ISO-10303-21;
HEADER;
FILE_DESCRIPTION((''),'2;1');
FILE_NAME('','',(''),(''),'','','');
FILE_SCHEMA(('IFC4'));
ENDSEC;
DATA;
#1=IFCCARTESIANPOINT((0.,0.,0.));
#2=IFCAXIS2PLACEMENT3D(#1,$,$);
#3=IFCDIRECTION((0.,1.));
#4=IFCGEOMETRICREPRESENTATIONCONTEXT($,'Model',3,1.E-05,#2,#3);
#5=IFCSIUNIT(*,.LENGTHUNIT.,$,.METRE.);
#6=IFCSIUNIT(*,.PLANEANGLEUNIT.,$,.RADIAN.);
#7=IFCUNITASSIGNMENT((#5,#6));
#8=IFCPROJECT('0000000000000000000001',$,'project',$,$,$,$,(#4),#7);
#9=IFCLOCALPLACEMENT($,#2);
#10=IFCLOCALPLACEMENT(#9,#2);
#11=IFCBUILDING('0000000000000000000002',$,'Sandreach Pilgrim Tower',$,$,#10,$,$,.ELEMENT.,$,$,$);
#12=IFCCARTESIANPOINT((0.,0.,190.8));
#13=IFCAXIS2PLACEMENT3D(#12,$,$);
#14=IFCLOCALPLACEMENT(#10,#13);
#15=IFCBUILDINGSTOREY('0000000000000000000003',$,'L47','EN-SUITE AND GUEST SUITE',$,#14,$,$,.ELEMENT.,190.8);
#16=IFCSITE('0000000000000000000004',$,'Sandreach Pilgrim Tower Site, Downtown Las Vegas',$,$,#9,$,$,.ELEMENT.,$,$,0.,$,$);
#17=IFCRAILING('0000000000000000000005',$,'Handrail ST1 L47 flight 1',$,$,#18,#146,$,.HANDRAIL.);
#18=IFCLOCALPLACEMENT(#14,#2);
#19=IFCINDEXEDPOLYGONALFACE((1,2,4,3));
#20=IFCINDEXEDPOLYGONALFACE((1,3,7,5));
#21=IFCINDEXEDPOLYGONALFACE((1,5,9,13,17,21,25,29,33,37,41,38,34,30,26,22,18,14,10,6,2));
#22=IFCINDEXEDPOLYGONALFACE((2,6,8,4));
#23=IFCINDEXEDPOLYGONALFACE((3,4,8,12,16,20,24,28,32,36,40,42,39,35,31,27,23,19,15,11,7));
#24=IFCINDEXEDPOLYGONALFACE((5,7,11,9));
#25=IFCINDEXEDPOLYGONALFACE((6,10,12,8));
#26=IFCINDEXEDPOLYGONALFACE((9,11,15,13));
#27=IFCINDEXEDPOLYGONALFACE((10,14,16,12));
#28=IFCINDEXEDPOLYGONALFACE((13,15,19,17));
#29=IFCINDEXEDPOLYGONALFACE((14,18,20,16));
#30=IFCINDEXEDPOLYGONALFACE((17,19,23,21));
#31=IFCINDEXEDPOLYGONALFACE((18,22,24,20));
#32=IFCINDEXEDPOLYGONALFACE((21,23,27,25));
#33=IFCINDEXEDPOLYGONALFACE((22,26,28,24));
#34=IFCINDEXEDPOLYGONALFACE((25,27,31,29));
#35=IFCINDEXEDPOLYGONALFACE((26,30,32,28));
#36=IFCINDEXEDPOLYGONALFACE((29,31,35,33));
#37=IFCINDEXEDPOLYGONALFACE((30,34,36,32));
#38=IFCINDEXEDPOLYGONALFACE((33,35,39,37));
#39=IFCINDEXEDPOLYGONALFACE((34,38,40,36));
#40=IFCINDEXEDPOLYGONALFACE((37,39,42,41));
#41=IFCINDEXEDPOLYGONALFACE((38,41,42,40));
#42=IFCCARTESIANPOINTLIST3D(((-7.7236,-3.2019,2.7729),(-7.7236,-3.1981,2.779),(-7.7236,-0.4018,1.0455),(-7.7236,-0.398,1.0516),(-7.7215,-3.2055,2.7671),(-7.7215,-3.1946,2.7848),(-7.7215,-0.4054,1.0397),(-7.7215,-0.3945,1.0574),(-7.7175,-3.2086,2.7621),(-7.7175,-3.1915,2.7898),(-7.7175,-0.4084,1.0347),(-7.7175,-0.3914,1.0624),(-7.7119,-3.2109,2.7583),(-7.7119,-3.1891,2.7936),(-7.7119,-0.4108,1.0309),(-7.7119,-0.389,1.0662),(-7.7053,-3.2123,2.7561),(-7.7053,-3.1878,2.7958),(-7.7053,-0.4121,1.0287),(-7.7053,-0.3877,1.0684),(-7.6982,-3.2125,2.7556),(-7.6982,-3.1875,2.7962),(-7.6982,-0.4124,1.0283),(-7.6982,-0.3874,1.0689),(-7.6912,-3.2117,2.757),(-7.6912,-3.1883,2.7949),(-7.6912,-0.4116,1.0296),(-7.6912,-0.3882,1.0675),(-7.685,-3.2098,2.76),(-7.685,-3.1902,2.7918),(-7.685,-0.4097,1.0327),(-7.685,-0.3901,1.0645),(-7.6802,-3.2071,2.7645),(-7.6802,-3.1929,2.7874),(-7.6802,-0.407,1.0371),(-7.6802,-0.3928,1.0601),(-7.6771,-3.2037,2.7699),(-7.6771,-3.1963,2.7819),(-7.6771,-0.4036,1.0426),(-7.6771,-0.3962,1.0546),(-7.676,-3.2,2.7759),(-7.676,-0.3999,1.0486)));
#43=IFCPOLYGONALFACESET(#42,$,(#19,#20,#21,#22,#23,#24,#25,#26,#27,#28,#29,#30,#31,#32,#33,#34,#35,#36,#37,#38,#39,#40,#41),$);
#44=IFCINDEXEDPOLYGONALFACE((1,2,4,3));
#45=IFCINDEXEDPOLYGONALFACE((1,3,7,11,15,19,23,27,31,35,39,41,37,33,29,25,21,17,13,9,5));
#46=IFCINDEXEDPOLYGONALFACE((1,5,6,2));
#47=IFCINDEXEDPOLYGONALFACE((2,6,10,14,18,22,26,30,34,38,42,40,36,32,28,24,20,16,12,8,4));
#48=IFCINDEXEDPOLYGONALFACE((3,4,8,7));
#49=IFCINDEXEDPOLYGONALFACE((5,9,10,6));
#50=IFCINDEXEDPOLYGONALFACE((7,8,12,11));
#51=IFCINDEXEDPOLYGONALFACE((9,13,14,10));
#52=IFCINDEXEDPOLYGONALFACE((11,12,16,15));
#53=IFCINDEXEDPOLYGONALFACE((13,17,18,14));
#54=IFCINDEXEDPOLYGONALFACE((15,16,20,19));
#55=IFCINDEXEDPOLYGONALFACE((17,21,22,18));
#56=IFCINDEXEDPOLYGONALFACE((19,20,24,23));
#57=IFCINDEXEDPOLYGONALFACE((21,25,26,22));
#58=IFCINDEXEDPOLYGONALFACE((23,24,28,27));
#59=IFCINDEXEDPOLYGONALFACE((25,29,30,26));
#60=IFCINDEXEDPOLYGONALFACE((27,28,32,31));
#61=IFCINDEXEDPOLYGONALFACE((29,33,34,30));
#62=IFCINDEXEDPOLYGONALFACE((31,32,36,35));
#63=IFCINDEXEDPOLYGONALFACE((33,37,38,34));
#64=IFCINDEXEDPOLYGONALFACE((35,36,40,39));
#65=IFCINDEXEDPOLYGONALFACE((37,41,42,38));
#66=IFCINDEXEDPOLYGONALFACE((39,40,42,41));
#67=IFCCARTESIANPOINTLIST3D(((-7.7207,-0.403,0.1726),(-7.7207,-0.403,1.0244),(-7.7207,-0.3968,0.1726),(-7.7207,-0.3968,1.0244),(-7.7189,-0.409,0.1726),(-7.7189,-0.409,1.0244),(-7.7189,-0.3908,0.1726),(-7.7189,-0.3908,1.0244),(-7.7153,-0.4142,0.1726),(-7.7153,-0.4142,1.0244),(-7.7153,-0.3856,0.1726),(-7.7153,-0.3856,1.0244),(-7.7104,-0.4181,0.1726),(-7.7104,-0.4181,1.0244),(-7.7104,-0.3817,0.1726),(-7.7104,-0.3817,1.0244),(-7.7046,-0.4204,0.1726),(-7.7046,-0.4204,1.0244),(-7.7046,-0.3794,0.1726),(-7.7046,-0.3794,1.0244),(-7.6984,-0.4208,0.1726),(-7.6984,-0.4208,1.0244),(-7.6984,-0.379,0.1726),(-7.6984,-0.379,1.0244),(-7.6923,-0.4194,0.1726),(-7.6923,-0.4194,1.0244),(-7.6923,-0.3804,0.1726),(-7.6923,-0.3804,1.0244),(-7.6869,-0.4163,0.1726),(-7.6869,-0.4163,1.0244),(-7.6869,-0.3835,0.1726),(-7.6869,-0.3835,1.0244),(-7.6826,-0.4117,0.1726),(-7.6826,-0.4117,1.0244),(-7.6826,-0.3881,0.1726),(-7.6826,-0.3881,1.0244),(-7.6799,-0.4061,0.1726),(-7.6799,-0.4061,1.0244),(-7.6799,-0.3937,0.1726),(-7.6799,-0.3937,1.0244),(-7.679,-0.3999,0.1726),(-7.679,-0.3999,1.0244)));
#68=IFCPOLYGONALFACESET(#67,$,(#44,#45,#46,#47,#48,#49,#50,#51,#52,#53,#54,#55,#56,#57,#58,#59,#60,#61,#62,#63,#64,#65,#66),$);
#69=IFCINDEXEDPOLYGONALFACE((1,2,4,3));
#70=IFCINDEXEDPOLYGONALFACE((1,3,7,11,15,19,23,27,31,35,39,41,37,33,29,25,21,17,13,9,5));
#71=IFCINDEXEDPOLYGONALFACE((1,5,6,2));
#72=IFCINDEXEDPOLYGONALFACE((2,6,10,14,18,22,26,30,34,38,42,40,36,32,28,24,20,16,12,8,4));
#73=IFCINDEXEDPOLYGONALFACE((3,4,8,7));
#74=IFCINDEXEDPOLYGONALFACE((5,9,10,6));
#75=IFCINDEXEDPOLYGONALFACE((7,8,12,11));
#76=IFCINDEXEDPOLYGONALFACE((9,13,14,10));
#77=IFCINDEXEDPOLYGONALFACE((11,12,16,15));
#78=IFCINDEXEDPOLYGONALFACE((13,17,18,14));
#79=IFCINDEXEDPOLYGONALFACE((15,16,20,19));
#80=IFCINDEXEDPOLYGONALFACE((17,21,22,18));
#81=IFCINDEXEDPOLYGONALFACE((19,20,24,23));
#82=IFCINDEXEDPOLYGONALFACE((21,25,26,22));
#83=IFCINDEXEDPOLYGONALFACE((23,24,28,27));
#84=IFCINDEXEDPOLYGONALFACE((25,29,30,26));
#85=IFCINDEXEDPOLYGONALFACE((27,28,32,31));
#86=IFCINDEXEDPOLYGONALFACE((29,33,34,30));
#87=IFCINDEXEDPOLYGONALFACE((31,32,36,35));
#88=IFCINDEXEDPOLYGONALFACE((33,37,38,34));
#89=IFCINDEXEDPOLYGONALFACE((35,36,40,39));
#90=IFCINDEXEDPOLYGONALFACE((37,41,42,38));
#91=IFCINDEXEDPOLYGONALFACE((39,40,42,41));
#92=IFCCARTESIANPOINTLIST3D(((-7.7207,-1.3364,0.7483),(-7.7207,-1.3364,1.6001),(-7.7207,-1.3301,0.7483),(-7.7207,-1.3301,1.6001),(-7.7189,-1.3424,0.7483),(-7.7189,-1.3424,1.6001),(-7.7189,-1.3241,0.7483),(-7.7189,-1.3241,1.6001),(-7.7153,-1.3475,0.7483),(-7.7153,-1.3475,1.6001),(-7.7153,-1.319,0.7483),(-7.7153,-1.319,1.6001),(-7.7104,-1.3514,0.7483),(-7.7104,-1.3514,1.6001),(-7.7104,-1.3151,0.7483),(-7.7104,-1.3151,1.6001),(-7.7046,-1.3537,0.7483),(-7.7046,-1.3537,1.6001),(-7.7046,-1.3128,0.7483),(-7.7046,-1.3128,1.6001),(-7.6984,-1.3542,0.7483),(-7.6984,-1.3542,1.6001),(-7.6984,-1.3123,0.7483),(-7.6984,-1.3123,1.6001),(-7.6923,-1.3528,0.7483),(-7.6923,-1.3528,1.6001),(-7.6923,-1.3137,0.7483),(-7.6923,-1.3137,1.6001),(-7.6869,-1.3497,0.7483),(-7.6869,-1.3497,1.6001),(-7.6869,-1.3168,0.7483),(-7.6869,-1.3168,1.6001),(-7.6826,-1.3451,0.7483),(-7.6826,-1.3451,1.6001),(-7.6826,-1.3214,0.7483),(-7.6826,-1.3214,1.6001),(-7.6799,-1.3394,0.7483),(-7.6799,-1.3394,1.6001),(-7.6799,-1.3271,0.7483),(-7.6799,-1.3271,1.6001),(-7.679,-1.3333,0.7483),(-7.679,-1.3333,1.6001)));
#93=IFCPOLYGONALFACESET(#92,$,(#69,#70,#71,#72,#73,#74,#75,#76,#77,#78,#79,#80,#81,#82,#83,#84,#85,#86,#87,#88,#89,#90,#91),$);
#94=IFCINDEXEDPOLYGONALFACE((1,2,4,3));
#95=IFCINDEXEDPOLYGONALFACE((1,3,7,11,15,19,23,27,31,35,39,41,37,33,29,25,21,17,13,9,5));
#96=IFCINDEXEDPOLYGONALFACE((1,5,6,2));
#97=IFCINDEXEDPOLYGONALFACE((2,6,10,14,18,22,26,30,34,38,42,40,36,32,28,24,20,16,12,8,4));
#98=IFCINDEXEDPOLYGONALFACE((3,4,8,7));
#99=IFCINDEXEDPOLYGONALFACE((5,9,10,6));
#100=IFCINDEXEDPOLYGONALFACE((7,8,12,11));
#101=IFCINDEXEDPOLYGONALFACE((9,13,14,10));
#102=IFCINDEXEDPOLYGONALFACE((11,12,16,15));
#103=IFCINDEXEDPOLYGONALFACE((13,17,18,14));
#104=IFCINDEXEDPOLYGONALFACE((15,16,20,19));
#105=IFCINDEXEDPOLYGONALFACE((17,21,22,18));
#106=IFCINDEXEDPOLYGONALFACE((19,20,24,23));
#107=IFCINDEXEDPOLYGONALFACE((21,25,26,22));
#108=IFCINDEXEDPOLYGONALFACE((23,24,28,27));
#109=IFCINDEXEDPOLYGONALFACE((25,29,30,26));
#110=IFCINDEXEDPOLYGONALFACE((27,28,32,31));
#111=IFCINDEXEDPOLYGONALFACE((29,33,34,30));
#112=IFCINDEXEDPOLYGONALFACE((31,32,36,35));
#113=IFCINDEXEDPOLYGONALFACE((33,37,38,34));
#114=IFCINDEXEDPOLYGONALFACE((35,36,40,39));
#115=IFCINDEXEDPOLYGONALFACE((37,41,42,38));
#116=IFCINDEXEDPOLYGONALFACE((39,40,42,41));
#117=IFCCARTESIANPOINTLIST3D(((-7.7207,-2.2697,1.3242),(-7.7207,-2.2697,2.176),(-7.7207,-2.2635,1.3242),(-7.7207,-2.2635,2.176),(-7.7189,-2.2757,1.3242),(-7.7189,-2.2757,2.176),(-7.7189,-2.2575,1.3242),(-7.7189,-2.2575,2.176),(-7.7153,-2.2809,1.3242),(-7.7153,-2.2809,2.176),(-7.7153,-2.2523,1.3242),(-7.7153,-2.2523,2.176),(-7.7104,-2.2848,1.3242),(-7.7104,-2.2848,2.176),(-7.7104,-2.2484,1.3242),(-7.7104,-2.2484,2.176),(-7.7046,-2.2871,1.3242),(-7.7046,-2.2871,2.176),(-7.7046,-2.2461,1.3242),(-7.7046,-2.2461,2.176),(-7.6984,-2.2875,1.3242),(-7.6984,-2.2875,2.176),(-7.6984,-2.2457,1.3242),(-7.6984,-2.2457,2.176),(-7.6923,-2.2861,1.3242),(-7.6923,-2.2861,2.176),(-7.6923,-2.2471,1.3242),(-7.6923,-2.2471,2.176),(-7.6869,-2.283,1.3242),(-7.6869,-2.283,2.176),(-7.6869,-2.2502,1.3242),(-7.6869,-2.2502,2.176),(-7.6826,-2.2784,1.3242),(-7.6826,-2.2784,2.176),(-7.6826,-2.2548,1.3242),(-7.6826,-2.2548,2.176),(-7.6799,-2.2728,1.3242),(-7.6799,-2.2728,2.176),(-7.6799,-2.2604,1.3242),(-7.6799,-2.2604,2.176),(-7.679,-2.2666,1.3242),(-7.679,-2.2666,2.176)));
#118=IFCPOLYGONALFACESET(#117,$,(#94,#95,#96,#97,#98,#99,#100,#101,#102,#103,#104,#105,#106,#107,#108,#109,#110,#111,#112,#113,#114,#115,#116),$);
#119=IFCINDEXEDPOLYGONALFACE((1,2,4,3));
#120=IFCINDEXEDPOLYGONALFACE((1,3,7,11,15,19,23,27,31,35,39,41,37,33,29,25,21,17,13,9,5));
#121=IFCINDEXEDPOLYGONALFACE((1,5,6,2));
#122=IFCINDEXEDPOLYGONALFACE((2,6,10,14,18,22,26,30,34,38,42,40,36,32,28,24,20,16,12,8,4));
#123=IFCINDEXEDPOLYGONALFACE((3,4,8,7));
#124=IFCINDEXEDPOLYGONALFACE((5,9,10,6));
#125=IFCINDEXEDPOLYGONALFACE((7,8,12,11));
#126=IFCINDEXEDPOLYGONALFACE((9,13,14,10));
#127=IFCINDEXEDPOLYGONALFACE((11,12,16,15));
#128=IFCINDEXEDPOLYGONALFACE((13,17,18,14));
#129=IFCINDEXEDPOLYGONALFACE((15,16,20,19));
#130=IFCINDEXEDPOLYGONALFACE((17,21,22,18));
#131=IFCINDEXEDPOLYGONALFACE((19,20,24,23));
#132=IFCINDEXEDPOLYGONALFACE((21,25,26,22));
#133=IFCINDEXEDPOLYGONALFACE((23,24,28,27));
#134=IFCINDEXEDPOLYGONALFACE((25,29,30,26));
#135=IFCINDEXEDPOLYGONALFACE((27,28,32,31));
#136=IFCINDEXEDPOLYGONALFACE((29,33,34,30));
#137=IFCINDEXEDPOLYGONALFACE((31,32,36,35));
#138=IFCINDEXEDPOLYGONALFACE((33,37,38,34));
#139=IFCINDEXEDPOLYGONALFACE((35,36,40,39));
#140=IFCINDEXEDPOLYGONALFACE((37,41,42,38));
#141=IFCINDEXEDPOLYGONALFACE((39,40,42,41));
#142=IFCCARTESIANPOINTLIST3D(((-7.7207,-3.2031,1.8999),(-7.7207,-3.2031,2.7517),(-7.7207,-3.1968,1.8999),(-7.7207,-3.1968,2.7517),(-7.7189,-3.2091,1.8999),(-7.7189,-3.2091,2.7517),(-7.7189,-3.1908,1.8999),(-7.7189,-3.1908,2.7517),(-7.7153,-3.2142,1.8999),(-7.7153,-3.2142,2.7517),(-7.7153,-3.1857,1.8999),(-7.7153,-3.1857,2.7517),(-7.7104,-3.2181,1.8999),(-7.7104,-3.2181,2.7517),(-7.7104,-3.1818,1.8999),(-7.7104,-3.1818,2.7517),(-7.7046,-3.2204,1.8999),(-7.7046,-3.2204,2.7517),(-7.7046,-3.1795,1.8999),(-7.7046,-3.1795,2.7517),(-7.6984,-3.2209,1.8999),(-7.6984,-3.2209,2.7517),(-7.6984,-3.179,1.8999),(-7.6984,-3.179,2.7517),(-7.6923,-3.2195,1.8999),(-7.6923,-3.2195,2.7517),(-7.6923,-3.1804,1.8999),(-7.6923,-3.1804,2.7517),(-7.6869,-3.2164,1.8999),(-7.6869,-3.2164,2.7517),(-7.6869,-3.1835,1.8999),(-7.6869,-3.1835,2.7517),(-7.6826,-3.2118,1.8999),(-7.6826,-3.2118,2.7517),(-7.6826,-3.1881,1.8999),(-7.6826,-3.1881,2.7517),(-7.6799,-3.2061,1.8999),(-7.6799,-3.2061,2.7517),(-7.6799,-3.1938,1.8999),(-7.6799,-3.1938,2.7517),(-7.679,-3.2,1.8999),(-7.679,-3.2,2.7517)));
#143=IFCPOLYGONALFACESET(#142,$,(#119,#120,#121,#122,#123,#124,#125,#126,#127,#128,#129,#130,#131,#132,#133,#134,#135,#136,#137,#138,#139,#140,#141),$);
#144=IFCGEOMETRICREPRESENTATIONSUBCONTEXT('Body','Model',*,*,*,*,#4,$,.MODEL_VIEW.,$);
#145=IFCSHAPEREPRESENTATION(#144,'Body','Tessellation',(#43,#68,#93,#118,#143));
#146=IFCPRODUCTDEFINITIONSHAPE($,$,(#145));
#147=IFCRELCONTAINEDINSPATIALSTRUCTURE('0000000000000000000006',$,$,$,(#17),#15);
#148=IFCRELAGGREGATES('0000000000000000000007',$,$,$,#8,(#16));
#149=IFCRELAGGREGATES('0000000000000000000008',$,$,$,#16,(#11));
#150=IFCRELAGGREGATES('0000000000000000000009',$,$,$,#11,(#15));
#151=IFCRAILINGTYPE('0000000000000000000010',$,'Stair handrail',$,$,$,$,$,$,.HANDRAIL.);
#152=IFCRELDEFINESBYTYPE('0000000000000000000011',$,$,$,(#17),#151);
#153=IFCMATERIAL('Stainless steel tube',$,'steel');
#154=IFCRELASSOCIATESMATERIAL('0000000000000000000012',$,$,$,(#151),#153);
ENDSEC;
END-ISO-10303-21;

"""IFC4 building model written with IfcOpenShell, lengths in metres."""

from ifc_helpers import new_model, si_unit, direction, frame, origin, origin_2d, place, context, subcontext, project, spatial, circle, extrude, material, type_object, element, save


model = new_model("IFC4")

# Units and contexts
model_context = context("Model", 3, precision=1e-05, world=origin(), true_north=direction((0.0, 1.0)))
body_context = subcontext(model_context, "Body", "Model", "MODEL_VIEW")
ifc_project = project(units=[si_unit("LENGTHUNIT", "METRE"), si_unit("PLANEANGLEUNIT", "RADIAN")], contexts=[model_context])

# Site, building, storey
site_placement = place(None, origin())
site = spatial("IfcSite", under=ifc_project, at=site_placement, Name="Sandreach Pilgrim Tower Site, Downtown Las Vegas", CompositionType="ELEMENT", RefElevation=0.0)
building_placement = place(site_placement, origin())
building = spatial("IfcBuilding", under=site, at=building_placement, Name="Sandreach Pilgrim Tower", CompositionType="ELEMENT")
storey_placement = place(building_placement, frame((0.0, 0.0, 190.8)))
storey = spatial("IfcBuildingStorey", under=building, at=storey_placement, Name="L47", Description="EN-SUITE AND GUEST SUITE", CompositionType="ELEMENT", Elevation=190.8)

# Railing
ifc_material_1 = material(Name="Stainless steel tube", Category="steel")
railing_type = type_object("IfcRailingType", Name="Stair handrail", PredefinedType="HANDRAIL", material=ifc_material_1)
for number, where, name in (
    (1, (-7.7, -0.3999, 0.1726), "Handrail ST1 L47 flight 1"),
):
    element("IfcRailing", number, at=place(storey_placement, frame(where)), inside=storey, type_object=railing_type, Name=name, PredefinedType="HANDRAIL", context=body_context, shape_type="SweptSolid", body=[
        extrude(circle(Radius=0.0239, at=origin_2d()), frame((0.0, 0.0, 0.876), z_axis=(0.0, -0.85109, 0.52502), x_axis=(1.0, 0.0, 0.0)), (0.0, 0.0, 1.0), 3.29),
        extrude(circle(Radius=0.021, at=origin_2d()), origin(), (0.0, 0.0, 1.0), 0.8518),
        extrude(circle(Radius=0.021, at=origin_2d()), frame((0.0, -0.9333, 0.5757)), (0.0, 0.0, 1.0), 0.8518),
        extrude(circle(Radius=0.021, at=origin_2d()), frame((0.0, -1.8667, 1.1516)), (0.0, 0.0, 1.0), 0.8518),
        extrude(circle(Radius=0.021, at=origin_2d()), frame((0.0, -2.8, 1.7273)), (0.0, 0.0, 1.0), 0.8518),
    ])

save(model, "model.ifc")
